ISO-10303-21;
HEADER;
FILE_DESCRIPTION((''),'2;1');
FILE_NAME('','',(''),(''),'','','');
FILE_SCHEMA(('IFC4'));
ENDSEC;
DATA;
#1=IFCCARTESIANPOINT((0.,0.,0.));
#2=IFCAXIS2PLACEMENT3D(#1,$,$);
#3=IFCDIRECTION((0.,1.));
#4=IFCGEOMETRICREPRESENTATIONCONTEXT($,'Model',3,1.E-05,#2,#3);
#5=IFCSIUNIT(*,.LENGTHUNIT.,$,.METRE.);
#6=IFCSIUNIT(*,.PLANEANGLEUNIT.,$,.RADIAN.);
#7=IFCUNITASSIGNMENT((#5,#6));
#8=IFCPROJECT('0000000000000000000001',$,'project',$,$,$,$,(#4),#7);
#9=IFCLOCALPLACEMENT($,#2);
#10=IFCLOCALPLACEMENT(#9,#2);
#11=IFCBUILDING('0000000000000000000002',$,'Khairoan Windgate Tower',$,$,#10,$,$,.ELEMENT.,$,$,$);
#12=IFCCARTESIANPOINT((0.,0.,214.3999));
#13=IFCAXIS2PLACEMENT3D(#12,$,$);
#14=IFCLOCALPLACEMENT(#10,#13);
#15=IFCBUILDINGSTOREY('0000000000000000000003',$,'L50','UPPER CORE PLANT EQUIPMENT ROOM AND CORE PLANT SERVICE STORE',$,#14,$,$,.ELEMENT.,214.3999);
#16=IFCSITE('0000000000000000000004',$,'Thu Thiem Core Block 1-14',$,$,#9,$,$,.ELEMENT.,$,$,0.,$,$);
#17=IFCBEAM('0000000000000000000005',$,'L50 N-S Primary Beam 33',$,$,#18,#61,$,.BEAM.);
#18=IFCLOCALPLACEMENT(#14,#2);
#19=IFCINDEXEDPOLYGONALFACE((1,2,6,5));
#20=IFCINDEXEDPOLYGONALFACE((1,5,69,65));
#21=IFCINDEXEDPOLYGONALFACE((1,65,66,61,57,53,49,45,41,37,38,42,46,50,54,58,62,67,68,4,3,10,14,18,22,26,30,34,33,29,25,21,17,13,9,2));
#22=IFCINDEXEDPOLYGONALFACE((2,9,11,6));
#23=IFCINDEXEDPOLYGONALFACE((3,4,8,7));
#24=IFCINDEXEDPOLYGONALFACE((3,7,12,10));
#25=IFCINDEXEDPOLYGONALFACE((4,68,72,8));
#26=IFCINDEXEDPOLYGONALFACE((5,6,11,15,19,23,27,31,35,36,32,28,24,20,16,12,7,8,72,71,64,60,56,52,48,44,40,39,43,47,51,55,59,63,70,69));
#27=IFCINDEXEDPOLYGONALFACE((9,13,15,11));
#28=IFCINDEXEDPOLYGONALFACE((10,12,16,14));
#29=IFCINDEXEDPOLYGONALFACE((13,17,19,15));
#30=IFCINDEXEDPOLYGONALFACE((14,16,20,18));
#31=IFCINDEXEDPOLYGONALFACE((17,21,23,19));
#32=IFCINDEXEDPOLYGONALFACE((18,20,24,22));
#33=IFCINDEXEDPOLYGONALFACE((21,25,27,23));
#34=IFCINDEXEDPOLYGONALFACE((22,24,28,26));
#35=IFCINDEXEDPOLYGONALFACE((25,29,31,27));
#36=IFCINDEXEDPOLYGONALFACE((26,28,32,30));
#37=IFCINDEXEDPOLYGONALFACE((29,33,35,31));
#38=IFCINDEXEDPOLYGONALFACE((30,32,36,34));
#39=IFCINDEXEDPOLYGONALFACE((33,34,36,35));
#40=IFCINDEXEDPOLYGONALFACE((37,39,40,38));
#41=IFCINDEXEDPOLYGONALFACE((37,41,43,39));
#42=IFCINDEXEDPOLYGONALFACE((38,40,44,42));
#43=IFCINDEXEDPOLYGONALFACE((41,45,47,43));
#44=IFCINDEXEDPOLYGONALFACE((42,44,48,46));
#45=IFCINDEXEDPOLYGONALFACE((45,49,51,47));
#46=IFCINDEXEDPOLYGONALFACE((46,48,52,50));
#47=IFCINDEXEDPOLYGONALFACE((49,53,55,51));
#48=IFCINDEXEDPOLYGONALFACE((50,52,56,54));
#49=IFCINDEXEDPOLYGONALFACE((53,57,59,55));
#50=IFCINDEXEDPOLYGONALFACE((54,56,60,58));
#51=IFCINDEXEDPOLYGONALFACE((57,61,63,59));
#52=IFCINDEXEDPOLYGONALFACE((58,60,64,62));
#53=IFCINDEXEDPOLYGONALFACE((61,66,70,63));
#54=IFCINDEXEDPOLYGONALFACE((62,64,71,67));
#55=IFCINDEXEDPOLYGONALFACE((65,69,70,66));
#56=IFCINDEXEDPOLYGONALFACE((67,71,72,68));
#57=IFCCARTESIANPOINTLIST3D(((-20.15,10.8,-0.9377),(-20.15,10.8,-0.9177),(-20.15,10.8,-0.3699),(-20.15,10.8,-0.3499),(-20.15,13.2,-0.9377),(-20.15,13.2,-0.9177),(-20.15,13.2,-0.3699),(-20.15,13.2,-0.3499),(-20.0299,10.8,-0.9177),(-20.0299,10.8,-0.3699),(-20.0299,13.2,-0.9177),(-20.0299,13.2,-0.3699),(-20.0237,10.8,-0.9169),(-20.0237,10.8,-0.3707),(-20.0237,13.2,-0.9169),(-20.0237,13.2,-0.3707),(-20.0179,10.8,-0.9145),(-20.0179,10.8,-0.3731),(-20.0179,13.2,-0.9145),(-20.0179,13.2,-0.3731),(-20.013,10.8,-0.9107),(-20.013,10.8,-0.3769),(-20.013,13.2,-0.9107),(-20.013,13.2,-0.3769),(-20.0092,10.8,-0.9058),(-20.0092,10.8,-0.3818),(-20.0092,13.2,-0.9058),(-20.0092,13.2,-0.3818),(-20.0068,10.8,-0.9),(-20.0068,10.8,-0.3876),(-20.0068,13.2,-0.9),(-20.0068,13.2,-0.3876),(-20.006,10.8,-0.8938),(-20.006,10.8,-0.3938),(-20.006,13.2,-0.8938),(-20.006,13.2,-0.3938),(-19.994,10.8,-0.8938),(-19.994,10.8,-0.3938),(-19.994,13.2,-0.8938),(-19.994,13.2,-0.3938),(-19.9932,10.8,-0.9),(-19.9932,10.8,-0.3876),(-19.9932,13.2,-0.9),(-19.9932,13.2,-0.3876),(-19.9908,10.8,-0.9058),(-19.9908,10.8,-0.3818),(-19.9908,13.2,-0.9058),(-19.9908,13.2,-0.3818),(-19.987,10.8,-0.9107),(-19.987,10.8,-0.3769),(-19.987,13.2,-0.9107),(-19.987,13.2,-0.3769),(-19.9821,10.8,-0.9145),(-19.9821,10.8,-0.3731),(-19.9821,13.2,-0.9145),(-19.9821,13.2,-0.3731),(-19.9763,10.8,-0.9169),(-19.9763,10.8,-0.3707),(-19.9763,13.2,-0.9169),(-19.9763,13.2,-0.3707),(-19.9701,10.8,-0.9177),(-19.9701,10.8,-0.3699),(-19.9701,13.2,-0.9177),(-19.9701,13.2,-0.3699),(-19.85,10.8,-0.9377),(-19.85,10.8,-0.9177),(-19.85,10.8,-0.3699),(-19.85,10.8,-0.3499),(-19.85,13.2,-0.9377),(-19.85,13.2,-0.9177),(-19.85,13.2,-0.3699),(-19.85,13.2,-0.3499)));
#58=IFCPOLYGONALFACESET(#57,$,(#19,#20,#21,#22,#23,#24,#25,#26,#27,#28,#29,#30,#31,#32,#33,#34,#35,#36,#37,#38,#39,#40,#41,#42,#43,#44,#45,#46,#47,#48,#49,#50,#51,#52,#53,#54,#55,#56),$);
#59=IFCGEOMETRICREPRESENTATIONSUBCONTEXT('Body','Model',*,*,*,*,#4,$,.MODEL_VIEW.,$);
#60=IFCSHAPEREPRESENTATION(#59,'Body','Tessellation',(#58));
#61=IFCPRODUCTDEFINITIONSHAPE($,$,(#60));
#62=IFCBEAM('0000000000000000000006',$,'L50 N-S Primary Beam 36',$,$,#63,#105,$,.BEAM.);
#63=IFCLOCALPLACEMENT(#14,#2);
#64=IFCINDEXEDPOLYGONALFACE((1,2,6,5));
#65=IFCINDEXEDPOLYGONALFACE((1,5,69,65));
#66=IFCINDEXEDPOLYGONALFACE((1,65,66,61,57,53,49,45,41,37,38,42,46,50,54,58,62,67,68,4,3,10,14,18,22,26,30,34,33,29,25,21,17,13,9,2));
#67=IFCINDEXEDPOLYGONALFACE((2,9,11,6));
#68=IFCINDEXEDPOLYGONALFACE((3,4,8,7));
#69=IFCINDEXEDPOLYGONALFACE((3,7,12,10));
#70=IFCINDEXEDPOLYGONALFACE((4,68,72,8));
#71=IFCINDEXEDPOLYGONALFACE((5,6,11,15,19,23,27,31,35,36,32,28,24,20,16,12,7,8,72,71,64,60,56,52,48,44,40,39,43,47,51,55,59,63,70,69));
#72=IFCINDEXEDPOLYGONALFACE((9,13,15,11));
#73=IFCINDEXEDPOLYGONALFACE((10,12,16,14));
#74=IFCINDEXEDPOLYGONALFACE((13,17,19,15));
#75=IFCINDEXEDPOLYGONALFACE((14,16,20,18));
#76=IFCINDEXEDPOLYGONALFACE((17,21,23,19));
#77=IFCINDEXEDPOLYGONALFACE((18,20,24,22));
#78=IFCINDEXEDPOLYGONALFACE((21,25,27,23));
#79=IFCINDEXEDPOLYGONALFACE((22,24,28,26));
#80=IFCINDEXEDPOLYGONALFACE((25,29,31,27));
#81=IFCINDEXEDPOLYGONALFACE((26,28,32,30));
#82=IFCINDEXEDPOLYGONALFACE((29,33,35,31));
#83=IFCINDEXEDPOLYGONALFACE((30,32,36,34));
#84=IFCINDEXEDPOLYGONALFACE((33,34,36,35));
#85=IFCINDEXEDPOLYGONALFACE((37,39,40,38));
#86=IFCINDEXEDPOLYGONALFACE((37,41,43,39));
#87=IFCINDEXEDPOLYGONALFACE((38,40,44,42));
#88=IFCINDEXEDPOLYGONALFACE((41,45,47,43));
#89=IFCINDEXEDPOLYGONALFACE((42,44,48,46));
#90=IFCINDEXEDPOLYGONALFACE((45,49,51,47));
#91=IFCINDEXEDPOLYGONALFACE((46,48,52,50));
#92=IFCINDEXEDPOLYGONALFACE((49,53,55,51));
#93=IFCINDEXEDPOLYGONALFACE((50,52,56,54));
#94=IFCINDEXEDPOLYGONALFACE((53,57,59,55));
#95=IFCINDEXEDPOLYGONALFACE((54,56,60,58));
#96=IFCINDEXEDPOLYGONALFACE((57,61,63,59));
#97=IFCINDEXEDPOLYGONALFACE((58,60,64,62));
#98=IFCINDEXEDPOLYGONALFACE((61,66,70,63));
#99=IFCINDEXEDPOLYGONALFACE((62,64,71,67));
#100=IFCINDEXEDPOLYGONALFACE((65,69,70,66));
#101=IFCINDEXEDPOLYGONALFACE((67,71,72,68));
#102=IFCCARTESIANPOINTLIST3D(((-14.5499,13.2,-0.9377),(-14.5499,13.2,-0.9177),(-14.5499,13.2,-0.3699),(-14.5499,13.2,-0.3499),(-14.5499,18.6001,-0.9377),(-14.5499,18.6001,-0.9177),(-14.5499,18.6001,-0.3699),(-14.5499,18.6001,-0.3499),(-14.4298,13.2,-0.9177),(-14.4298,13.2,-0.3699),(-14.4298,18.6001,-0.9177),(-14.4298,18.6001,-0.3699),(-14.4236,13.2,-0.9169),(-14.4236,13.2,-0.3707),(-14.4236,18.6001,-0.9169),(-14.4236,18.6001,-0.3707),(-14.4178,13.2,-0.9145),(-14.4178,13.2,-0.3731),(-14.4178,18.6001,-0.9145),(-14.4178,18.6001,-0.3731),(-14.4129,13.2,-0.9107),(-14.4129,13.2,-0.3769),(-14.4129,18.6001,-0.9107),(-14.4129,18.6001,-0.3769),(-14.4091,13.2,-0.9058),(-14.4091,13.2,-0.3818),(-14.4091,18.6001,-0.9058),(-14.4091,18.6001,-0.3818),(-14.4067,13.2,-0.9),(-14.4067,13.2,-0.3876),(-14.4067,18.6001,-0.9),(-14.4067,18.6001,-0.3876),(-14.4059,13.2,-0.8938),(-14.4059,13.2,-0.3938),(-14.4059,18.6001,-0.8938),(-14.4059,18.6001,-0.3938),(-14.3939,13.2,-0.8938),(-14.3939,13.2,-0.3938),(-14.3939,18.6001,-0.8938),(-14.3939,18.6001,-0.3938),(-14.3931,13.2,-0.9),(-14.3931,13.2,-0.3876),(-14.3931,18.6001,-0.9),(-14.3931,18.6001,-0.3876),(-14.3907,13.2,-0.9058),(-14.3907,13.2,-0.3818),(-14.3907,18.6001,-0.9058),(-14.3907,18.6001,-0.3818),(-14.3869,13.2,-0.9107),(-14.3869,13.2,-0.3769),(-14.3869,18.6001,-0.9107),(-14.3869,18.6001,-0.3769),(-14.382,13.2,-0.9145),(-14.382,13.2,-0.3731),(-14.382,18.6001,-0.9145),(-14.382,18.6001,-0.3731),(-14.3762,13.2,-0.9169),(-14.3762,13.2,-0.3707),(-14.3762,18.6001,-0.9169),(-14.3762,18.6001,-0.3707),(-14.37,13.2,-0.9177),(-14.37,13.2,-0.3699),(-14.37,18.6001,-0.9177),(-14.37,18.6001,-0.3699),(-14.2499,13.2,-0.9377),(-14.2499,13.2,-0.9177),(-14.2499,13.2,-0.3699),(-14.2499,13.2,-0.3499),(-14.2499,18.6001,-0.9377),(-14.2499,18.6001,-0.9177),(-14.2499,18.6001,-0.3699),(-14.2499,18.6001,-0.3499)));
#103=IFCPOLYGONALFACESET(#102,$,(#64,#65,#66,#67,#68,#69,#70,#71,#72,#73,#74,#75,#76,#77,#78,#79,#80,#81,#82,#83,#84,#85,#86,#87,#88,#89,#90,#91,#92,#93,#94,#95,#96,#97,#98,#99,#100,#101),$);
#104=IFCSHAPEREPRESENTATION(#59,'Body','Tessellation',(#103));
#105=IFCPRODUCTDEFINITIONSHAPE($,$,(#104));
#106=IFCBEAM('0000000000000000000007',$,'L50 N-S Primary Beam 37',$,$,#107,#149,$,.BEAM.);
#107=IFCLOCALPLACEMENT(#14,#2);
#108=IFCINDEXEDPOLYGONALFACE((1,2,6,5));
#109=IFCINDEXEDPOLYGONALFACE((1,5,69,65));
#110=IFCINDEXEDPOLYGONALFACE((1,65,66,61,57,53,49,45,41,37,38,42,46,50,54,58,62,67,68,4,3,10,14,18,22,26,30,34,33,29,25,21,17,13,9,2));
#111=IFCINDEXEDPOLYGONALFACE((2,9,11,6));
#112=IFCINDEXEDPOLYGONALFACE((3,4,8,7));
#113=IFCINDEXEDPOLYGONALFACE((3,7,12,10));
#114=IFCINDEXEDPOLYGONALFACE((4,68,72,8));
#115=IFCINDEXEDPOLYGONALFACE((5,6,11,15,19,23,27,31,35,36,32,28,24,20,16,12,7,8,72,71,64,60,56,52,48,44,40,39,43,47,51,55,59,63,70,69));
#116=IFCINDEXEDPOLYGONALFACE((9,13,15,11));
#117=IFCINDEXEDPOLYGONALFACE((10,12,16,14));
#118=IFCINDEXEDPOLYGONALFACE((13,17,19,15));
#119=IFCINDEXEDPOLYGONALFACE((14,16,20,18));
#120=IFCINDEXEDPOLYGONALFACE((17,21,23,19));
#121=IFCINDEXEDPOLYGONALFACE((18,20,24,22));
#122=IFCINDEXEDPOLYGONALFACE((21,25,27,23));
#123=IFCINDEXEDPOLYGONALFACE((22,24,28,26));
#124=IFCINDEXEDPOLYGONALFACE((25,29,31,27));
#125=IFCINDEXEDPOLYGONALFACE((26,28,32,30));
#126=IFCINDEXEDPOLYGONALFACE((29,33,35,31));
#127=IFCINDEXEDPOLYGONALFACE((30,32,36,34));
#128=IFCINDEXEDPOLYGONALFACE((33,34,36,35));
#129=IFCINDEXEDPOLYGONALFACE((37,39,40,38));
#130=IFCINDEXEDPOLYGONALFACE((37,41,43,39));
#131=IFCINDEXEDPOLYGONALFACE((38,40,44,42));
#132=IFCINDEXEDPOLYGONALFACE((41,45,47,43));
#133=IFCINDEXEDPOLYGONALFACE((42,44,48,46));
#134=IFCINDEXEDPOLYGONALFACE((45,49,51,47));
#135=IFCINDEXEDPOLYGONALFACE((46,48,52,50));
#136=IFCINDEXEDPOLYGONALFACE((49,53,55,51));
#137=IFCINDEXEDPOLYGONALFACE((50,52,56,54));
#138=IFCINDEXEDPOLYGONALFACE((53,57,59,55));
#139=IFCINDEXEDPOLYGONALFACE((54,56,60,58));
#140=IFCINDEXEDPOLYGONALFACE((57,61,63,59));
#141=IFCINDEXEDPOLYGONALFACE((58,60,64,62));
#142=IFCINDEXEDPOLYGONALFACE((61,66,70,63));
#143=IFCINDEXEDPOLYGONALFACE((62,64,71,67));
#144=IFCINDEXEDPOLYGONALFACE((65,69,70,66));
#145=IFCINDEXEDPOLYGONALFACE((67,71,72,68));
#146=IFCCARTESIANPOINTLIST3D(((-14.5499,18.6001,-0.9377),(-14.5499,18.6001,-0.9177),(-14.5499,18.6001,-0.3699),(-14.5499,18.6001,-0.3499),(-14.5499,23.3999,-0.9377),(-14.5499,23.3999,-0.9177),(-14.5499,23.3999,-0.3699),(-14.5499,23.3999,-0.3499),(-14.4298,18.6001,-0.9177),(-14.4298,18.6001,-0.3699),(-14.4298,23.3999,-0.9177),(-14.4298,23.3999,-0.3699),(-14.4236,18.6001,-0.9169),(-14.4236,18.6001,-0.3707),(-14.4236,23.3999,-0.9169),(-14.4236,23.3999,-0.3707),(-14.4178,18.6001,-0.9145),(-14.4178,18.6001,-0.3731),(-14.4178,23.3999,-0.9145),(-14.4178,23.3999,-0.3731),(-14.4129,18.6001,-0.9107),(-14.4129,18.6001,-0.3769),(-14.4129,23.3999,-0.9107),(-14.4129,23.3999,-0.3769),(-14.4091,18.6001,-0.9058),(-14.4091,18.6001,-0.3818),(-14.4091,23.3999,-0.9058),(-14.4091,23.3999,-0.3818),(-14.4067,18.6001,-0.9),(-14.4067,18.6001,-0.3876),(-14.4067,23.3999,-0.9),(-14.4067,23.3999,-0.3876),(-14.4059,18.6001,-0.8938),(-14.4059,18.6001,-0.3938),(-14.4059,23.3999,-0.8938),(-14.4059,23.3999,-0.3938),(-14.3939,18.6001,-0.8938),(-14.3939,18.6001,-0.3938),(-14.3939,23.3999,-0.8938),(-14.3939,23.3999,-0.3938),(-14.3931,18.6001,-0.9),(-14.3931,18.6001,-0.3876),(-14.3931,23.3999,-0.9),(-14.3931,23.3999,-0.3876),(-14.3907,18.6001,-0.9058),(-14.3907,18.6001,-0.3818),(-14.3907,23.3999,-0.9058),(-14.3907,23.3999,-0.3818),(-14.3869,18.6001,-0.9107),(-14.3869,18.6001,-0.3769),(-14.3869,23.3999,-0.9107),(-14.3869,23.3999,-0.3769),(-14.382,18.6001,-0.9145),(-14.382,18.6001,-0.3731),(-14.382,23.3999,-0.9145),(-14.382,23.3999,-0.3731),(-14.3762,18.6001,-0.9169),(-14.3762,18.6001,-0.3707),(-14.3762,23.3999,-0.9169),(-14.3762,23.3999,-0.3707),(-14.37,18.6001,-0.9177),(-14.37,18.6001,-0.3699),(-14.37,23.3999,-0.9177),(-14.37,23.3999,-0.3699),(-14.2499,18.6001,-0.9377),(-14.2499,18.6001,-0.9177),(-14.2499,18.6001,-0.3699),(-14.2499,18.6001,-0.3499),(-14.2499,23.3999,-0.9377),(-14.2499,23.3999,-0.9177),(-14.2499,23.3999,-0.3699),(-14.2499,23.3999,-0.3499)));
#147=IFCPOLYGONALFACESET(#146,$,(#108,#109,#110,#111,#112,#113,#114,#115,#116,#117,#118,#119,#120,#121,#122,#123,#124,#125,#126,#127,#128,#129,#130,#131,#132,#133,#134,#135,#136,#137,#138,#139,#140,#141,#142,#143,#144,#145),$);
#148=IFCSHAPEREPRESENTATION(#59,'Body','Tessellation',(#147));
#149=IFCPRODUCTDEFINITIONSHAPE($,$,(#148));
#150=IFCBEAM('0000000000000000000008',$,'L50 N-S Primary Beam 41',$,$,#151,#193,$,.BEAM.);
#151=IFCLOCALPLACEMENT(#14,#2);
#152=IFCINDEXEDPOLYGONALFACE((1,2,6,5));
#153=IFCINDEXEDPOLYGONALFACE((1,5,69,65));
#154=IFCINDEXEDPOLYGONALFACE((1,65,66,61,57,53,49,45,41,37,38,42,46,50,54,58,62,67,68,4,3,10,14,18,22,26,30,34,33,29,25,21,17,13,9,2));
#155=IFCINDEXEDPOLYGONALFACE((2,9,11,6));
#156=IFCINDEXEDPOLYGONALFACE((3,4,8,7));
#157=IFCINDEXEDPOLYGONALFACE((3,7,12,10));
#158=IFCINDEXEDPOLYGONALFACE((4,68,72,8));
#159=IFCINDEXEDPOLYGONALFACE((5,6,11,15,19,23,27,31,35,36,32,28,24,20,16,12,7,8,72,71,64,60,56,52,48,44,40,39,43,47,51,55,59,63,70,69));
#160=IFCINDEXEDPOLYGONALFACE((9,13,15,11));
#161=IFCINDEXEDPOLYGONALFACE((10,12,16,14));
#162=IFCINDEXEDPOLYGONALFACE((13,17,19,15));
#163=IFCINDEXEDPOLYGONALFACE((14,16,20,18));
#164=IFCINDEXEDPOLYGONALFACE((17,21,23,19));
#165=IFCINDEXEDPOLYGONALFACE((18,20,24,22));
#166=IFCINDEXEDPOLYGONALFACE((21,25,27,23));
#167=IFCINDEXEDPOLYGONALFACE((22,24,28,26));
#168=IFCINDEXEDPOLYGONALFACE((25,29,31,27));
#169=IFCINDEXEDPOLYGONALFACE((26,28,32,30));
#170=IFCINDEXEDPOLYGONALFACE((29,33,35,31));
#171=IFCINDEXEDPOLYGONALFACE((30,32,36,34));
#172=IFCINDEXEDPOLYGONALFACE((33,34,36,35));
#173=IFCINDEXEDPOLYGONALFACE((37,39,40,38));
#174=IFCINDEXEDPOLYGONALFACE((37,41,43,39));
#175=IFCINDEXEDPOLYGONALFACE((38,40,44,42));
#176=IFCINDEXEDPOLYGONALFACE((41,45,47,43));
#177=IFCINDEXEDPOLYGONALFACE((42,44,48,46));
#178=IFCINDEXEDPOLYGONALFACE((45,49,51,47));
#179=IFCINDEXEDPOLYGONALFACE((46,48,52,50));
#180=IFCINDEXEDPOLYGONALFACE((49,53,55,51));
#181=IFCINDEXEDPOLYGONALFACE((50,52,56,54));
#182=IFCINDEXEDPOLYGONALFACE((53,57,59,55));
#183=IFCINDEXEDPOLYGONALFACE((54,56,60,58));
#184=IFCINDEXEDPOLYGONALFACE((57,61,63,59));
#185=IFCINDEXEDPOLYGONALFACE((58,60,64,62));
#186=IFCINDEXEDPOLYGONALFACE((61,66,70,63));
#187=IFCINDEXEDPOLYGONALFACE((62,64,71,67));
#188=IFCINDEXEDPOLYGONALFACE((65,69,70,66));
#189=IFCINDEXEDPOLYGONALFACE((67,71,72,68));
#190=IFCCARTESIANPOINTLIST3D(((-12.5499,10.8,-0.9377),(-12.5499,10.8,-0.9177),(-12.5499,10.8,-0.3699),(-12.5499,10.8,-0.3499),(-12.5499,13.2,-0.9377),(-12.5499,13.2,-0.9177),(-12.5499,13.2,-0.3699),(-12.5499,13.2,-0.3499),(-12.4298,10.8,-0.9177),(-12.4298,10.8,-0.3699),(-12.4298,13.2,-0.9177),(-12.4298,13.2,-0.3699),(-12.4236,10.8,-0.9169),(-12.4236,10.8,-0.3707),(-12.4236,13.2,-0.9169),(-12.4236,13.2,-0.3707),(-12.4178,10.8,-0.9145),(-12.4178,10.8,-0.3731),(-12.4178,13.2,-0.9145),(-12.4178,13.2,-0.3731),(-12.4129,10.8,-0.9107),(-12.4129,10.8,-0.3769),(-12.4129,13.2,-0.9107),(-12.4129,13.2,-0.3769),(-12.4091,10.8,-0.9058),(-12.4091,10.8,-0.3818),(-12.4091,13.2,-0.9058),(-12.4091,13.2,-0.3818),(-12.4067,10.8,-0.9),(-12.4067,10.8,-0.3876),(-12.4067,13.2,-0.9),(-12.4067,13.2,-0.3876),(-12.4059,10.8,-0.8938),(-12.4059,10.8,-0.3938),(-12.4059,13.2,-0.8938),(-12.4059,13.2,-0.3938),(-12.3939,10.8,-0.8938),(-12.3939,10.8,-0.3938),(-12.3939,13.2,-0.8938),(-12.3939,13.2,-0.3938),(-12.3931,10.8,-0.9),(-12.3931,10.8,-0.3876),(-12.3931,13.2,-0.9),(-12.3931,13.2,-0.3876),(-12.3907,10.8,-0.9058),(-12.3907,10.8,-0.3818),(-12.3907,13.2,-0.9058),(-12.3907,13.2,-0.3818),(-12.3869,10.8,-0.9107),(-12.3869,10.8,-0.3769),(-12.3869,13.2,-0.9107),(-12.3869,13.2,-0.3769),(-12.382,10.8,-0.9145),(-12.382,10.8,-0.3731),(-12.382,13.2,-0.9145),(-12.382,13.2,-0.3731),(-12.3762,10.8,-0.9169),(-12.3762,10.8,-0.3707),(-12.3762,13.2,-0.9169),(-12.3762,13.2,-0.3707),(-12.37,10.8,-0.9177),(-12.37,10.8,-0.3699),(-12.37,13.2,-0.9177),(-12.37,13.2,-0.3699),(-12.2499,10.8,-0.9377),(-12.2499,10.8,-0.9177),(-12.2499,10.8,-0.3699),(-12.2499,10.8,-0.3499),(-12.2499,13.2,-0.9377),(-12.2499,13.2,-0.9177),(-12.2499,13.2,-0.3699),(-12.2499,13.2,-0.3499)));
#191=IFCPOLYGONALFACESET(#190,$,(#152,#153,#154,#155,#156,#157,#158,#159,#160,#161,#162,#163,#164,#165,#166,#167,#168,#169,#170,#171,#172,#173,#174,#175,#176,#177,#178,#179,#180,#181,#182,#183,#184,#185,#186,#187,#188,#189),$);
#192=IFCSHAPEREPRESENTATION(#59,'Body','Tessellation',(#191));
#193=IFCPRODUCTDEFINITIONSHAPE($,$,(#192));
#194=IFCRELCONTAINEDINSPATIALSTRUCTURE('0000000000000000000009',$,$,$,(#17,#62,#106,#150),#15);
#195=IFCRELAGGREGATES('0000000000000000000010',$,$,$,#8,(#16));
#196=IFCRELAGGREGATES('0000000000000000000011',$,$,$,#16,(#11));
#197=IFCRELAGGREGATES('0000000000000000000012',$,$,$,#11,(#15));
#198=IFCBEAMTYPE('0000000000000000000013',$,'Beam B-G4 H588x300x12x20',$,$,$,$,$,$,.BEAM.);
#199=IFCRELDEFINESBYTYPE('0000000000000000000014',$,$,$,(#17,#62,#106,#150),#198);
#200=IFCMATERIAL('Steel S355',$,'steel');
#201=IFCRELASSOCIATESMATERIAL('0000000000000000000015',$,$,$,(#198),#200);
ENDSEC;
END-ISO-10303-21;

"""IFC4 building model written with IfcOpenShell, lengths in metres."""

from ifc_helpers import new_model, si_unit, direction, frame, origin, origin_2d, place, context, subcontext, project, spatial, i_section, extrude, material, material_profile, profile_set, type_object, element, save


model = new_model("IFC4")

# Units and contexts
model_context = context("Model", 3, precision=1e-05, world=origin(), true_north=direction((0.0, 1.0)))
body_context = subcontext(model_context, "Body", "Model", "MODEL_VIEW")
ifc_project = project(units=[si_unit("LENGTHUNIT", "METRE"), si_unit("PLANEANGLEUNIT", "RADIAN")], contexts=[model_context])

# Site, building, storey
site_placement = place(None, origin())
site = spatial("IfcSite", under=ifc_project, at=site_placement, Name="Thu Thiem Core Block 1-14", CompositionType="ELEMENT", RefElevation=0.0)
building_placement = place(site_placement, origin())
building = spatial("IfcBuilding", under=site, at=building_placement, Name="Khairoan Windgate Tower", CompositionType="ELEMENT")
storey_placement = place(building_placement, frame((0.0, 0.0, 214.3999)))
storey = spatial("IfcBuildingStorey", under=building, at=storey_placement, Name="L50", Description="UPPER CORE PLANT EQUIPMENT ROOM AND CORE PLANT SERVICE STORE", CompositionType="ELEMENT", Elevation=214.3999)

# Beams
ifc_material_1 = material(Name="Steel S355", Category="steel")
ifc_material_profile_1 = material_profile(ifc_material_1, i_section(OverallWidth=0.3, OverallDepth=0.5879, WebThickness=0.012, FlangeThickness=0.02, FilletRadius=0.0239, at=origin_2d()))
ifc_profile_set_1 = profile_set([ifc_material_profile_1], Name="Steel S355")
beam_type_1 = type_object("IfcBeamType", Name="Beam B-G4 H588x300x12x20", PredefinedType="BEAM", material=ifc_profile_set_1)
beam_1_placement = place(storey_placement, frame((-20.0, 10.8, -0.6438), z_axis=(0.0, 1.0, 0.0), x_axis=(-1.0, 0.0, 0.0)))
element("IfcBeam", 1, at=beam_1_placement, inside=storey, type_object=beam_type_1, Name="L50 N-S Primary Beam 33", PredefinedType="BEAM", context=body_context, shape_type="SweptSolid", body=[
    extrude(i_section(OverallWidth=0.3, OverallDepth=0.5879, WebThickness=0.012, FlangeThickness=0.02, FilletRadius=0.0239, at=origin_2d()), origin(), (0.0, 0.0, 1.0), 2.3999),
])
beam_2_placement = place(storey_placement, frame((-14.3999, 13.2, -0.6438), z_axis=(0.0, 1.0, 0.0), x_axis=(-1.0, 0.0, 0.0)))
element("IfcBeam", 2, at=beam_2_placement, inside=storey, type_object=beam_type_1, Name="L50 N-S Primary Beam 36", PredefinedType="BEAM", context=body_context, shape_type="SweptSolid", body=[
    extrude(i_section(OverallWidth=0.3, OverallDepth=0.5879, WebThickness=0.012, FlangeThickness=0.02, FilletRadius=0.0239, at=origin_2d()), origin(), (0.0, 0.0, 1.0), 5.4001),
])
beam_3_placement = place(storey_placement, frame((-14.3999, 18.6001, -0.6438), z_axis=(0.0, 1.0, 0.0), x_axis=(-1.0, 0.0, 0.0)))
element("IfcBeam", 3, at=beam_3_placement, inside=storey, type_object=beam_type_1, Name="L50 N-S Primary Beam 37", PredefinedType="BEAM", context=body_context, shape_type="SweptSolid", body=[
    extrude(i_section(OverallWidth=0.3, OverallDepth=0.5879, WebThickness=0.012, FlangeThickness=0.02, FilletRadius=0.0239, at=origin_2d()), origin(), (0.0, 0.0, 1.0), 4.7998),
])
beam_4_placement = place(storey_placement, frame((-12.3999, 10.8, -0.6438), z_axis=(0.0, 1.0, 0.0), x_axis=(-1.0, 0.0, 0.0)))
element("IfcBeam", 4, at=beam_4_placement, inside=storey, type_object=beam_type_1, Name="L50 N-S Primary Beam 41", PredefinedType="BEAM", context=body_context, shape_type="SweptSolid", body=[
    extrude(i_section(OverallWidth=0.3, OverallDepth=0.5879, WebThickness=0.012, FlangeThickness=0.02, FilletRadius=0.0239, at=origin_2d()), origin(), (0.0, 0.0, 1.0), 2.3999),
])

save(model, "model.ifc")
